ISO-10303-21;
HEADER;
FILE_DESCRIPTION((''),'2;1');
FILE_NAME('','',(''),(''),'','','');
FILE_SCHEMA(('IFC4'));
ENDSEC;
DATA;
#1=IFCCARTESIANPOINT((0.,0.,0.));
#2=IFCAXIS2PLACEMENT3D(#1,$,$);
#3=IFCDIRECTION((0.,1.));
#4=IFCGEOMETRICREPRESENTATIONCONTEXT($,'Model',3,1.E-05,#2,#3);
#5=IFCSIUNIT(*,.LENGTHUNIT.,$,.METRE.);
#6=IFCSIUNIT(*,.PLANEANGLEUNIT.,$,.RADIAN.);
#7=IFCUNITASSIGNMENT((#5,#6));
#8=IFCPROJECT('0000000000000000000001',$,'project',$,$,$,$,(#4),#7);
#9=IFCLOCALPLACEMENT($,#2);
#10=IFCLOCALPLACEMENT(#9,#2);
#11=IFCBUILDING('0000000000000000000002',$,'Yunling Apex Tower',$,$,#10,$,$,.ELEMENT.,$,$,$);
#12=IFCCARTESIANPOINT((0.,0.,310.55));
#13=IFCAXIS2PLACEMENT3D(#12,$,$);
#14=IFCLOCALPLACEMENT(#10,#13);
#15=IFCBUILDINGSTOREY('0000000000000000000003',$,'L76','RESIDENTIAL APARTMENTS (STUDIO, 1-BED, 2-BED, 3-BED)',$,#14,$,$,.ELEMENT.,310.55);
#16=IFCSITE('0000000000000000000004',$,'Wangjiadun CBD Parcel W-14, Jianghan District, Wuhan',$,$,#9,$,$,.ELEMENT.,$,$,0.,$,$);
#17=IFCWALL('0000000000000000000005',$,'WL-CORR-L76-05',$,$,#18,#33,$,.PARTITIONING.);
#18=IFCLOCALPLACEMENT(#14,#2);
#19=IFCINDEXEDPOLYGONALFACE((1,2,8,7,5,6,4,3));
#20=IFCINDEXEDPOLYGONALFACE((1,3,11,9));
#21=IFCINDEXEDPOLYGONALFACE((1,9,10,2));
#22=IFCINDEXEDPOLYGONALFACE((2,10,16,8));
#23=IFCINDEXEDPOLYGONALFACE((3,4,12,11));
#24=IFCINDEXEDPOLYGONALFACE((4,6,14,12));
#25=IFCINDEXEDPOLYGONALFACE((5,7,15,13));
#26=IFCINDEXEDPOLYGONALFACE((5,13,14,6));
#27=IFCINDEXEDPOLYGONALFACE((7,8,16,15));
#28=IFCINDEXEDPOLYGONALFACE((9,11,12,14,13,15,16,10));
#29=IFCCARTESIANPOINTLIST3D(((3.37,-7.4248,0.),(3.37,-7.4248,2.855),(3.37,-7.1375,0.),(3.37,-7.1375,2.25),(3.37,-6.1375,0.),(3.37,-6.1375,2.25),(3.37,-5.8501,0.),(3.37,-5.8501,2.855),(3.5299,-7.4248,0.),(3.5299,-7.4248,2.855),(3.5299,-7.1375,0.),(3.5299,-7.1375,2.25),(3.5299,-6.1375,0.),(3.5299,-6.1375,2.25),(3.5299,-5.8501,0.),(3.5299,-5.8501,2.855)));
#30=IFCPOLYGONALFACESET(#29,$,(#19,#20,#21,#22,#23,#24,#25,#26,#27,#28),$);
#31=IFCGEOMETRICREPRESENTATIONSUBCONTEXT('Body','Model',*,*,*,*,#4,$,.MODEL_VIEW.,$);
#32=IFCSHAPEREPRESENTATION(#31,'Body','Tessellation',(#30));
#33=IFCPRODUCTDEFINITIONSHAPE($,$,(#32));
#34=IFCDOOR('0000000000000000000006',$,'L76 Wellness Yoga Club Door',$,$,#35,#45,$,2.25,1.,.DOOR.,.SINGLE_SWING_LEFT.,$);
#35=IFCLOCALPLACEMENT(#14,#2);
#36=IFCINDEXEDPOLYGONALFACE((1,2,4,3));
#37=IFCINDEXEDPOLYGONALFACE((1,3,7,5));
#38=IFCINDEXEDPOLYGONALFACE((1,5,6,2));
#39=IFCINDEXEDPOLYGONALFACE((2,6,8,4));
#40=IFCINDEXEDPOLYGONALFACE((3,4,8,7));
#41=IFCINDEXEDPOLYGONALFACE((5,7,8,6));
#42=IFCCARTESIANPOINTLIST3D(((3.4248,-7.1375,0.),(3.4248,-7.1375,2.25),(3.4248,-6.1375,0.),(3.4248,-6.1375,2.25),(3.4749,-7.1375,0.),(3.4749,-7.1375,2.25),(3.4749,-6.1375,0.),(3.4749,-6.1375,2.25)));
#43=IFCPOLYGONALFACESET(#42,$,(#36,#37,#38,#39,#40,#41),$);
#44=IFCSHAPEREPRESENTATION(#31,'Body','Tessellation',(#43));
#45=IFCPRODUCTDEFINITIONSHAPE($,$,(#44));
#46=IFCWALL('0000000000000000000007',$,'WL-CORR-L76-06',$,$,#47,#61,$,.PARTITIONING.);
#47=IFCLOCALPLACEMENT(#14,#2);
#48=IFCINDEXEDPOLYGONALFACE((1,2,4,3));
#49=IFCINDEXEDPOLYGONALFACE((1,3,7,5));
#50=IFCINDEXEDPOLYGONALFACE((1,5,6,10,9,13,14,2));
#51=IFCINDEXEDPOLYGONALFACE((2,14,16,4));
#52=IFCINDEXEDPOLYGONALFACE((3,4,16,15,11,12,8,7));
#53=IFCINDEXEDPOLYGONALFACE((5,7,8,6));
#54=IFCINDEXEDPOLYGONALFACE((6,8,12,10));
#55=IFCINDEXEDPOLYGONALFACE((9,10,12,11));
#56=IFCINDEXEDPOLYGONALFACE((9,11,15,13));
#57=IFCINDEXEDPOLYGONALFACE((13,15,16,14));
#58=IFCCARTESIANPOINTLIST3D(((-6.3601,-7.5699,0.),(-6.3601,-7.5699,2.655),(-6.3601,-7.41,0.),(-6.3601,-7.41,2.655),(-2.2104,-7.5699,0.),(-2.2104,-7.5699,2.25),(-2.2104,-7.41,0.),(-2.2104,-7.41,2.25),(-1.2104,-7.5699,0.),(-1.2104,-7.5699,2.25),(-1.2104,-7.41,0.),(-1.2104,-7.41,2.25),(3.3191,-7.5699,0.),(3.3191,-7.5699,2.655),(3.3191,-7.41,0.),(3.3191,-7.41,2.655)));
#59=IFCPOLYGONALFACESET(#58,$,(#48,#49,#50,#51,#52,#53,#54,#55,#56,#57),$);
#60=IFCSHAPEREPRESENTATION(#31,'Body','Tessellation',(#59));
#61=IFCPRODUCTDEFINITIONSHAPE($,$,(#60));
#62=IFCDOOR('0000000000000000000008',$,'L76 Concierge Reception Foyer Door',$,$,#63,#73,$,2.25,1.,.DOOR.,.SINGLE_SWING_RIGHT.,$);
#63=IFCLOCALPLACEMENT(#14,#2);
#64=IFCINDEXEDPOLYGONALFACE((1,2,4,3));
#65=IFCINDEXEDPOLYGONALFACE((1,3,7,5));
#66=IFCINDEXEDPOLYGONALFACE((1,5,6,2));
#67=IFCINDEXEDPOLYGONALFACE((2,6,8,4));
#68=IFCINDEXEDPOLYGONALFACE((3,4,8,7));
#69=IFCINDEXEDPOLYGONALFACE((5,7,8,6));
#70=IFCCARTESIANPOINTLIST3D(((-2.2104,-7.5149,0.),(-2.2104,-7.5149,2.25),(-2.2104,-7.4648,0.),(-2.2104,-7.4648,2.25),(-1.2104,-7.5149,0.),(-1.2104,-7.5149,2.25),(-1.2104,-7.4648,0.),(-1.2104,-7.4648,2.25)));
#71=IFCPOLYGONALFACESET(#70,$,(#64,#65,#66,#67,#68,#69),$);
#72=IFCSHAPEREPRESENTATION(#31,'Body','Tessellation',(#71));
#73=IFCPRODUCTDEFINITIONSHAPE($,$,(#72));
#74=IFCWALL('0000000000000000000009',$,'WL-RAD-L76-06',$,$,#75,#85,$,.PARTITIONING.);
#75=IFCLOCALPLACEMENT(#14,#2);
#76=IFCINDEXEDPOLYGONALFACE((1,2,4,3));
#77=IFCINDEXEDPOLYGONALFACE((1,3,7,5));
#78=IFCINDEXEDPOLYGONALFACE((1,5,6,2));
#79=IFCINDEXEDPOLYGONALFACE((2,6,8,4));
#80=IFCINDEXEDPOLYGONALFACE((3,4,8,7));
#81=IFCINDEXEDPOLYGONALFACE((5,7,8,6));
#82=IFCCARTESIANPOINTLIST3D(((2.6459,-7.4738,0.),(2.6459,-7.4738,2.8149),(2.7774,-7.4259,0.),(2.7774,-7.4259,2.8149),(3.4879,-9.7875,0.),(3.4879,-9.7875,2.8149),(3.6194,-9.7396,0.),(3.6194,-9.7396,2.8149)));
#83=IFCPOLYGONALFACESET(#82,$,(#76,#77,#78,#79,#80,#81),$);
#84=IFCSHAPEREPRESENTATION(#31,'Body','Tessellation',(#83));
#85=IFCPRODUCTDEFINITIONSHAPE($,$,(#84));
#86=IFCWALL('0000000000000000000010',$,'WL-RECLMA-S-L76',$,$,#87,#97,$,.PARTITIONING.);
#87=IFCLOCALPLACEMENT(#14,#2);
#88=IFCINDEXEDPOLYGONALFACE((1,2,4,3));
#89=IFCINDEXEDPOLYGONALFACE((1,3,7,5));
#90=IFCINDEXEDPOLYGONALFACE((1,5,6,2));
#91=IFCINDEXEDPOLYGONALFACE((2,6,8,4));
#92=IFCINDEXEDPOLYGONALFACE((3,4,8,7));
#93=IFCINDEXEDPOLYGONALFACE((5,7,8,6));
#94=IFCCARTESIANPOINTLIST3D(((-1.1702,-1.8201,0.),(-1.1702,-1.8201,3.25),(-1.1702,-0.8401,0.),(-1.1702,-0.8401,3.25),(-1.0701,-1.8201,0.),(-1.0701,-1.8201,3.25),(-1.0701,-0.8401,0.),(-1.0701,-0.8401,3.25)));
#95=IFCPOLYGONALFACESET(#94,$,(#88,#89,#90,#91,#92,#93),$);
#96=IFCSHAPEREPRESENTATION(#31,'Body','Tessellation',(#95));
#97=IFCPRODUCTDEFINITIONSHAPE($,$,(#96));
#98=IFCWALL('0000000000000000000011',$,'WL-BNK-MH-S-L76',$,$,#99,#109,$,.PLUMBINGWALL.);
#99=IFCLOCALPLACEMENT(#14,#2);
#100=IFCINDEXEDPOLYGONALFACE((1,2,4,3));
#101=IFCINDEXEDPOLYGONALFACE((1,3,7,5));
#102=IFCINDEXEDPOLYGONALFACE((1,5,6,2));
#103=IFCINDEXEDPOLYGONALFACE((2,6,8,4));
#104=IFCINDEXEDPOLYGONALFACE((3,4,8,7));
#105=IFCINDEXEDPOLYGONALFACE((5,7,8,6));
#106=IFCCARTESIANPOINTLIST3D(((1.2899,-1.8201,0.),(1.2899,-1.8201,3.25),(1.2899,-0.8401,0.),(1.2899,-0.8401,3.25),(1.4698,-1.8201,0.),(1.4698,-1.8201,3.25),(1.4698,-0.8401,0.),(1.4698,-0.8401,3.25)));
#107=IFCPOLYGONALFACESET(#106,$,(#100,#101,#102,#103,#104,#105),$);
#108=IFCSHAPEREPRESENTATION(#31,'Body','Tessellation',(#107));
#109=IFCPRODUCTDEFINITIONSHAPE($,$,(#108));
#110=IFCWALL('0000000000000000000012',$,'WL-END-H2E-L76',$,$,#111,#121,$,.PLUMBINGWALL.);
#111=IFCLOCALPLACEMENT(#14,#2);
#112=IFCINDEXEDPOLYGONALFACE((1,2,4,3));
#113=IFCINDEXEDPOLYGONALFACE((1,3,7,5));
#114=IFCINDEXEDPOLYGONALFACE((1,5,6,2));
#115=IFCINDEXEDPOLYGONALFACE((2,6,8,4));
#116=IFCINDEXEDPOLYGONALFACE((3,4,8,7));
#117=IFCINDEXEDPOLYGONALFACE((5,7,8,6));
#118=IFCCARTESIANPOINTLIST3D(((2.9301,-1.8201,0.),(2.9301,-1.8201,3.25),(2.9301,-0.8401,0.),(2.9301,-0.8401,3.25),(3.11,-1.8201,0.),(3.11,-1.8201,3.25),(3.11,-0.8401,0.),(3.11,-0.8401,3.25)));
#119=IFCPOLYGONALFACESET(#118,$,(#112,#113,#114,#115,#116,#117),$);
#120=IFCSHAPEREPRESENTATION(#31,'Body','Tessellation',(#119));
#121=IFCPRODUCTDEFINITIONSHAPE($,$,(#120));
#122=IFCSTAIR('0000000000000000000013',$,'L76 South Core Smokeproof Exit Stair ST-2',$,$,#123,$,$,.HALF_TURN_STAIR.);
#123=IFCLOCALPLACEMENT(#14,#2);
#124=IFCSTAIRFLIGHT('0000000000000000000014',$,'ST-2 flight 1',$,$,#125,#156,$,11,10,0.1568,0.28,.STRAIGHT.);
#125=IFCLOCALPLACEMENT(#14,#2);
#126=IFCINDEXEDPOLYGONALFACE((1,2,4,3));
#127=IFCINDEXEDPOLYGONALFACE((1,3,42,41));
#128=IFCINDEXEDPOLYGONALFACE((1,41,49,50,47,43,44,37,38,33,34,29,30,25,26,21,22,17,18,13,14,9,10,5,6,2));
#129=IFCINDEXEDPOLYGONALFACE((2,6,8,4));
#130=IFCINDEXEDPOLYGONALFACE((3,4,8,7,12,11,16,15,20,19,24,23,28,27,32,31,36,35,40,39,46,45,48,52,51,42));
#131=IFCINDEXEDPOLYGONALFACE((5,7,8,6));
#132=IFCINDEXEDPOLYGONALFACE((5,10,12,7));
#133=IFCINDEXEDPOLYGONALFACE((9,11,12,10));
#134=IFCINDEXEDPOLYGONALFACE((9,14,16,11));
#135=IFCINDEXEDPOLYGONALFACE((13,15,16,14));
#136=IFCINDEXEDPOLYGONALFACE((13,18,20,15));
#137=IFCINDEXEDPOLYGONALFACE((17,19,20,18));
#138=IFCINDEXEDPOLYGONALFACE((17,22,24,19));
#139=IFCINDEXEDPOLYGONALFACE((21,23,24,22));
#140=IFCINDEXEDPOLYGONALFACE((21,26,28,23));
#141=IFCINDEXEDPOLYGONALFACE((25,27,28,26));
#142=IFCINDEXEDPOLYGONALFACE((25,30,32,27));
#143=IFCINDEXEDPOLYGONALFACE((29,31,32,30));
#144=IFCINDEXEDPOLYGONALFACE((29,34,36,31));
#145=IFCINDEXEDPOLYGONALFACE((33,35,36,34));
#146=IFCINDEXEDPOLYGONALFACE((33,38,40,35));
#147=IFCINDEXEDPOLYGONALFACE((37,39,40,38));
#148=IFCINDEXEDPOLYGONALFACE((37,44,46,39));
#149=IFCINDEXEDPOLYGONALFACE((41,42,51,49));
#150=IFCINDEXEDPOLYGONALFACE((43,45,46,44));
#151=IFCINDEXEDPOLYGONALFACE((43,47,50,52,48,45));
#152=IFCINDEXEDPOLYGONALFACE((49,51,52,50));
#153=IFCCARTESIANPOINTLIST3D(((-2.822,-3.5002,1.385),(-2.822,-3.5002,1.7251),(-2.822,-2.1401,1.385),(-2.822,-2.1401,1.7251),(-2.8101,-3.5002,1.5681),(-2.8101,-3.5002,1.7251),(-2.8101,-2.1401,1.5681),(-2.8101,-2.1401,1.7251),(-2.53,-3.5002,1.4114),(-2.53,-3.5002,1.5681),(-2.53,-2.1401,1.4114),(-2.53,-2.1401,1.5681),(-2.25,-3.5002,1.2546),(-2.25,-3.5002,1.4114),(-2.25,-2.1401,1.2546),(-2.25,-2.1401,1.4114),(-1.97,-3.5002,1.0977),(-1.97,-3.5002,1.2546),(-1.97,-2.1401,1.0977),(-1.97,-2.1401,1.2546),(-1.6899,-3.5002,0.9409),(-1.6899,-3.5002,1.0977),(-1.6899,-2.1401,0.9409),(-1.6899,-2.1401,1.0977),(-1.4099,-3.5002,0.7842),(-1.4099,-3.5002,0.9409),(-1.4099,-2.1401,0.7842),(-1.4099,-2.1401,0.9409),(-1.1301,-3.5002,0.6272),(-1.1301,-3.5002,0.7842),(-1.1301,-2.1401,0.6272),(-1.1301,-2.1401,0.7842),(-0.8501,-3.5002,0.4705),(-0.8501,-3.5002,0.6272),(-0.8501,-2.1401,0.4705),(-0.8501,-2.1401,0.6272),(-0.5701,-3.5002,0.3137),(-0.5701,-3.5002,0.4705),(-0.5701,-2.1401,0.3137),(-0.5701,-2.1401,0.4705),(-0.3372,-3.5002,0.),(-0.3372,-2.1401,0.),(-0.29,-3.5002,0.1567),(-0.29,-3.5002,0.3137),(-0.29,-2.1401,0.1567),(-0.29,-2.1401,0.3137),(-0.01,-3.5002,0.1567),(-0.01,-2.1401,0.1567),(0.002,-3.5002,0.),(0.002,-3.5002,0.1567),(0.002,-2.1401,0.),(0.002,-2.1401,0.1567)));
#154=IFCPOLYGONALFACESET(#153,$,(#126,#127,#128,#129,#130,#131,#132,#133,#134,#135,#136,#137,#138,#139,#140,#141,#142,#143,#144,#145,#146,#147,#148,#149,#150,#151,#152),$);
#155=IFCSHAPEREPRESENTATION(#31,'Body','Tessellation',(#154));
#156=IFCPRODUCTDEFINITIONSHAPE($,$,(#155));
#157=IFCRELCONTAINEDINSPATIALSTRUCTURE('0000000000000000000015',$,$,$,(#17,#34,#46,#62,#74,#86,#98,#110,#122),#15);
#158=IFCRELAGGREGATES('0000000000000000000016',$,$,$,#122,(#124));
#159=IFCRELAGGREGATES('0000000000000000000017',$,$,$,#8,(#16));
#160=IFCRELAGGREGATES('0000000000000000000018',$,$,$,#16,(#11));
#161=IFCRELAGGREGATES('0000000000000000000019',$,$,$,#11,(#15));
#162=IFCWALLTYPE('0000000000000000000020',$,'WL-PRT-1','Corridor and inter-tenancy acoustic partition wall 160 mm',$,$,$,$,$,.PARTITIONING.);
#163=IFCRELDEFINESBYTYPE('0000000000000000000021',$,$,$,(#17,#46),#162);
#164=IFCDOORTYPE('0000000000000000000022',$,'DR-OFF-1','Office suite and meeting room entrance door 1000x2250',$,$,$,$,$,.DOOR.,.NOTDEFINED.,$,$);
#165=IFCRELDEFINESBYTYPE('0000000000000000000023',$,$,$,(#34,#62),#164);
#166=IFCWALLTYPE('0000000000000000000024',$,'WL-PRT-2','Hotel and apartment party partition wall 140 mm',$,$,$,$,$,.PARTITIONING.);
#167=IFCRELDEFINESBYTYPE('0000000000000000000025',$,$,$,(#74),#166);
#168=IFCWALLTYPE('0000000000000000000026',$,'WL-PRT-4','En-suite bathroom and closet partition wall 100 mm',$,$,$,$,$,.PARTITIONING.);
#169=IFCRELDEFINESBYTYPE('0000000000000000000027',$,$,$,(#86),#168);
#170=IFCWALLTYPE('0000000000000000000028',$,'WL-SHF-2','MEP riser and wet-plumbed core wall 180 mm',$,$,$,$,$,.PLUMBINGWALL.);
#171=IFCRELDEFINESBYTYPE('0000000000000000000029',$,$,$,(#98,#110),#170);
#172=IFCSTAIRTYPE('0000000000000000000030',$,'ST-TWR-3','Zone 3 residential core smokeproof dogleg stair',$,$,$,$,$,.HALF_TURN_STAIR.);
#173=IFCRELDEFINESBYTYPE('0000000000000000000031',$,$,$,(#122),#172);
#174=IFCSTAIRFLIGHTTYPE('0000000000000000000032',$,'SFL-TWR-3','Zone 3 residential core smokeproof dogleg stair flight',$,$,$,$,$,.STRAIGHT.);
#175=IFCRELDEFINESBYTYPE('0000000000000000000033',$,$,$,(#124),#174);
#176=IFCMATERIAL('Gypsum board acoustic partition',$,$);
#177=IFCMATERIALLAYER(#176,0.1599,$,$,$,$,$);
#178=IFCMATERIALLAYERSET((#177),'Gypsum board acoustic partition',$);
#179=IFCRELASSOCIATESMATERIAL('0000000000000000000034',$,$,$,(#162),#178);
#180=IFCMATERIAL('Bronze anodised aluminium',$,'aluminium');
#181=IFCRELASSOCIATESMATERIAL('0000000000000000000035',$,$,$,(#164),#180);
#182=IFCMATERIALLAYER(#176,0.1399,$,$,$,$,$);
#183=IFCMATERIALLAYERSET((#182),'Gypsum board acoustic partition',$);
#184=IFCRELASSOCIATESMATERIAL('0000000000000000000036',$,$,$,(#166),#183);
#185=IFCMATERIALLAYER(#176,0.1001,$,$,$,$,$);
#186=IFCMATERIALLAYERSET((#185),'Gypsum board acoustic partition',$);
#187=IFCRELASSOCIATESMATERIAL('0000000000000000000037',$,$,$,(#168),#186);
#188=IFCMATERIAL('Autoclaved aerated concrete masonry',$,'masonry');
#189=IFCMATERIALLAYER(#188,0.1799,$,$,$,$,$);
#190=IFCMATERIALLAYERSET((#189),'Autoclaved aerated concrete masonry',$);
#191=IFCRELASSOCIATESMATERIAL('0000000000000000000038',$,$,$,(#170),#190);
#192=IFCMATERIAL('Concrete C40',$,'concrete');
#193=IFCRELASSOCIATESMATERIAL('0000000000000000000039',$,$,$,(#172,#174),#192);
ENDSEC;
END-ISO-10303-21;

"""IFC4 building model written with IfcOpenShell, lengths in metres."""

from ifc_helpers import new_model, si_unit, direction, frame, frame_2d, origin, place, context, subcontext, project, spatial, polyline, rectangle, outline, extrude, material, layer, layer_set, type_object, element, fill, aggregate, save


model = new_model("IFC4")

# Units and contexts
model_context = context("Model", 3, precision=1e-05, world=origin(), true_north=direction((0.0, 1.0)))
body_context = subcontext(model_context, "Body", "Model", "MODEL_VIEW")
ifc_project = project(units=[si_unit("LENGTHUNIT", "METRE"), si_unit("PLANEANGLEUNIT", "RADIAN")], contexts=[model_context])

# Site, building, storey
site_placement = place(None, origin())
site = spatial("IfcSite", under=ifc_project, at=site_placement, Name="Wangjiadun CBD Parcel W-14, Jianghan District, Wuhan", CompositionType="ELEMENT", RefElevation=0.0)
building_placement = place(site_placement, origin())
building = spatial("IfcBuilding", under=site, at=building_placement, Name="Yunling Apex Tower", CompositionType="ELEMENT")
storey_placement = place(building_placement, frame((0.0, 0.0, 310.55)))
storey = spatial("IfcBuildingStorey", under=building, at=storey_placement, Name="L76", Description="RESIDENTIAL APARTMENTS (STUDIO, 1-BED, 2-BED, 3-BED)", CompositionType="ELEMENT", Elevation=310.55)

# Shared definitions
ifc_material_1 = material(Name="Bronze anodised aluminium", Category="aluminium")

# Shared definitions
ifc_material_2 = material(Name="Concrete C40", Category="concrete")

# Walls, openings, doors
ifc_material_3 = material(Name="Gypsum board acoustic partition")
ifc_layer_1 = layer(ifc_material_3, 0.1599)
ifc_layer_set_1 = layer_set([ifc_layer_1], Name="Gypsum board acoustic partition")
wall_type_1 = type_object("IfcWallType", Name="WL-PRT-1", Description="Corridor and inter-tenancy acoustic partition wall 160 mm", PredefinedType="PARTITIONING", material=ifc_layer_set_1)
wall_1_placement = place(storey_placement, frame((3.45, -5.8501, 0.0), z_axis=(0.0, 0.0, 1.0), x_axis=(0.0, -1.0, 0.0)))
wall_1 = element("IfcWall", 1, at=wall_1_placement, inside=storey, type_object=wall_type_1, Name="WL-CORR-L76-05", PredefinedType="PARTITIONING", context=body_context, shape_type="SweptSolid", body=[
    extrude(rectangle(XDim=1.5747, YDim=0.1599, at=frame_2d((0.7874, 0.0))), origin(), (0.0, 0.0, 1.0), 2.855),
])
opening_1_placement = place(wall_1_placement, frame((0.2874, 0.0, 0.0)))
opening_1 = element("IfcOpeningElement", 2, at=opening_1_placement, cuts=wall_1, PredefinedType="OPENING", context=body_context, shape_type="SweptSolid", body=[
    extrude(rectangle(XDim=1.0, YDim=2.25, at=frame_2d((0.5, 1.125))), frame((0.0, 0.0898, 0.0), z_axis=(0.0, -1.0, 0.0), x_axis=(1.0, 0.0, 0.0)), (0.0, 0.0, 1.0), 0.1799),
])
door_type_1 = type_object("IfcDoorType", Name="DR-OFF-1", Description="Office suite and meeting room entrance door 1000x2250", OperationType="NOTDEFINED", PredefinedType="DOOR", material=ifc_material_1)
door_1_placement = place(opening_1_placement, origin())
door_1 = element("IfcDoor", 3, at=door_1_placement, inside=storey, type_object=door_type_1, Name="L76 Wellness Yoga Club Door", OperationType="SINGLE_SWING_LEFT", OverallHeight=2.25, OverallWidth=1.0, PredefinedType="DOOR", context=body_context, shape_type="SweptSolid", body=[
    extrude(rectangle(XDim=1.0, YDim=2.25, at=frame_2d((0.5, 1.125))), frame((0.0, 0.0249, 0.0), z_axis=(0.0, -1.0, 0.0), x_axis=(1.0, 0.0, 0.0)), (0.0, 0.0, 1.0), 0.05),
])
fill(opening_1, door_1)
wall_2_placement = place(storey_placement, frame((3.3191, -7.49, 0.0), z_axis=(0.0, 0.0, 1.0), x_axis=(-1.0, 0.0, 0.0)))
wall_2 = element("IfcWall", 4, at=wall_2_placement, inside=storey, type_object=wall_type_1, Name="WL-CORR-L76-06", PredefinedType="PARTITIONING", context=body_context, shape_type="SweptSolid", body=[
    extrude(rectangle(XDim=9.6792, YDim=0.1599, at=frame_2d((4.8396, 0.0))), origin(), (0.0, 0.0, 1.0), 2.655),
])
opening_2_placement = place(wall_2_placement, frame((4.5295, 0.0, 0.0)))
opening_2 = element("IfcOpeningElement", 5, at=opening_2_placement, cuts=wall_2, PredefinedType="OPENING", context=body_context, shape_type="SweptSolid", body=[
    extrude(rectangle(XDim=1.0, YDim=2.25, at=frame_2d((0.5, 1.125))), frame((0.0, 0.0898, 0.0), z_axis=(0.0, -1.0, 0.0), x_axis=(1.0, 0.0, 0.0)), (0.0, 0.0, 1.0), 0.1799),
])
door_2_placement = place(opening_2_placement, origin())
door_2 = element("IfcDoor", 6, at=door_2_placement, inside=storey, type_object=door_type_1, Name="L76 Concierge Reception Foyer Door", OperationType="SINGLE_SWING_RIGHT", OverallHeight=2.25, OverallWidth=1.0, PredefinedType="DOOR", context=body_context, shape_type="SweptSolid", body=[
    extrude(rectangle(XDim=1.0, YDim=2.25, at=frame_2d((0.5, 1.125))), frame((0.0, 0.0249, 0.0), z_axis=(0.0, -1.0, 0.0), x_axis=(1.0, 0.0, 0.0)), (0.0, 0.0, 1.0), 0.05),
])
fill(opening_2, door_2)

# Walls
ifc_layer_2 = layer(ifc_material_3, 0.1399)
ifc_layer_set_2 = layer_set([ifc_layer_2], Name="Gypsum board acoustic partition")
wall_type_2 = type_object("IfcWallType", Name="WL-PRT-2", Description="Hotel and apartment party partition wall 140 mm", PredefinedType="PARTITIONING", material=ifc_layer_set_2)
wall_3_placement = place(storey_placement, frame((2.7117, -7.45, 0.0), z_axis=(0.0, 0.0, 1.0), x_axis=(0.34199, -0.939704, 0.0)))
element("IfcWall", 7, at=wall_3_placement, inside=storey, type_object=wall_type_2, Name="WL-RAD-L76-06", PredefinedType="PARTITIONING", context=body_context, shape_type="SweptSolid", body=[
    extrude(rectangle(XDim=2.4622, YDim=0.1399, at=frame_2d((1.231, 0.0))), origin(), (0.0, 0.0, 1.0), 2.8149),
])
ifc_layer_3 = layer(ifc_material_3, 0.1001)
ifc_layer_set_3 = layer_set([ifc_layer_3], Name="Gypsum board acoustic partition")
wall_type_3 = type_object("IfcWallType", Name="WL-PRT-4", Description="En-suite bathroom and closet partition wall 100 mm", PredefinedType="PARTITIONING", material=ifc_layer_set_3)
wall_4_placement = place(storey_placement, frame((-1.1201, -1.8201, 0.0), z_axis=(0.0, 0.0, 1.0), x_axis=(0.0, 1.0, 0.0)))
element("IfcWall", 8, at=wall_4_placement, inside=storey, type_object=wall_type_3, Name="WL-RECLMA-S-L76", PredefinedType="PARTITIONING", context=body_context, shape_type="SweptSolid", body=[
    extrude(rectangle(XDim=0.98, YDim=0.1001, at=frame_2d((0.49, 0.0))), origin(), (0.0, 0.0, 1.0), 3.25),
])

# Shared definitions
ifc_material_4 = material(Name="Autoclaved aerated concrete masonry", Category="masonry")

# Walls
ifc_layer_4 = layer(ifc_material_4, 0.1799)
ifc_layer_set_4 = layer_set([ifc_layer_4], Name="Autoclaved aerated concrete masonry")
wall_type_4 = type_object("IfcWallType", Name="WL-SHF-2", Description="MEP riser and wet-plumbed core wall 180 mm", PredefinedType="PLUMBINGWALL", material=ifc_layer_set_4)
for number, where, z_axis, x_axis, name in (
    (9, (1.3799, -1.8201, 0.0), (0.0, 0.0, 1.0), (0.0, 1.0, 0.0), "WL-BNK-MH-S-L76"),
    (10, (3.02, -1.8201, 0.0), (0.0, 0.0, 1.0), (0.0, 1.0, 0.0), "WL-END-H2E-L76"),
):
    element("IfcWall", number, at=place(storey_placement, frame(where, z_axis=z_axis, x_axis=x_axis)), inside=storey, type_object=wall_type_4, Name=name, PredefinedType="PLUMBINGWALL", context=body_context, shape_type="SweptSolid", body=[
        extrude(rectangle(XDim=0.98, YDim=0.1799, at=frame_2d((0.49, 0.0))), origin(), (0.0, 0.0, 1.0), 3.25),
    ])

# Stair, stair flight
stair_type = type_object("IfcStairType", Name="ST-TWR-3", Description="Zone 3 residential core smokeproof dogleg stair", PredefinedType="HALF_TURN_STAIR", material=ifc_material_2)
stair_placement = place(storey_placement, origin())
stair = element("IfcStair", 11, at=stair_placement, inside=storey, type_object=stair_type, Name="L76 South Core Smokeproof Exit Stair ST-2", PredefinedType="HALF_TURN_STAIR")
stair_flight_type = type_object("IfcStairFlightType", Name="SFL-TWR-3", Description="Zone 3 residential core smokeproof dogleg stair flight", PredefinedType="STRAIGHT", material=ifc_material_2)
stair_flight_1_placement = place(storey_placement, frame((-0.01, -2.8201, 0.0), z_axis=(0.0, 0.0, 1.0), x_axis=(-1.0, 0.0, 0.0)))
stair_flight_1 = element("IfcStairFlight", 12, at=stair_flight_1_placement, type_object=stair_flight_type, Name="ST-2 flight 1", NumberOfRisers=11, NumberOfTreads=10, PredefinedType="STRAIGHT", RiserHeight=0.1568, TreadLength=0.28, context=body_context, shape_type="SweptSolid", body=[
    extrude(outline(polyline([(-0.012, 0.0), (-0.012, 0.1567), (0.0, 0.1567), (0.28, 0.1567), (0.28, 0.3137), (0.5601, 0.3137), (0.5601, 0.4705), (0.8401, 0.4705), (0.8401, 0.6272), (1.1201, 0.6272), (1.1201, 0.7842), (1.3999, 0.7842), (1.3999, 0.9409), (1.6799, 0.9409), (1.6799, 1.0977), (1.96, 1.0977), (1.96, 1.2546), (2.24, 1.2546), (2.24, 1.4114), (2.52, 1.4114), (2.52, 1.5681), (2.8, 1.5681), (2.8, 1.7251), (2.812, 1.7251), (2.812, 1.385), (0.3271, 0.0), (-0.012, 0.0)])), frame((0.0, 0.6802, 0.0), z_axis=(0.0, -1.0, 0.0), x_axis=(1.0, 0.0, 0.0)), (0.0, 0.0, 1.0), 1.3601),
])
aggregate(stair, [stair_flight_1])

save(model, "model.ifc")
